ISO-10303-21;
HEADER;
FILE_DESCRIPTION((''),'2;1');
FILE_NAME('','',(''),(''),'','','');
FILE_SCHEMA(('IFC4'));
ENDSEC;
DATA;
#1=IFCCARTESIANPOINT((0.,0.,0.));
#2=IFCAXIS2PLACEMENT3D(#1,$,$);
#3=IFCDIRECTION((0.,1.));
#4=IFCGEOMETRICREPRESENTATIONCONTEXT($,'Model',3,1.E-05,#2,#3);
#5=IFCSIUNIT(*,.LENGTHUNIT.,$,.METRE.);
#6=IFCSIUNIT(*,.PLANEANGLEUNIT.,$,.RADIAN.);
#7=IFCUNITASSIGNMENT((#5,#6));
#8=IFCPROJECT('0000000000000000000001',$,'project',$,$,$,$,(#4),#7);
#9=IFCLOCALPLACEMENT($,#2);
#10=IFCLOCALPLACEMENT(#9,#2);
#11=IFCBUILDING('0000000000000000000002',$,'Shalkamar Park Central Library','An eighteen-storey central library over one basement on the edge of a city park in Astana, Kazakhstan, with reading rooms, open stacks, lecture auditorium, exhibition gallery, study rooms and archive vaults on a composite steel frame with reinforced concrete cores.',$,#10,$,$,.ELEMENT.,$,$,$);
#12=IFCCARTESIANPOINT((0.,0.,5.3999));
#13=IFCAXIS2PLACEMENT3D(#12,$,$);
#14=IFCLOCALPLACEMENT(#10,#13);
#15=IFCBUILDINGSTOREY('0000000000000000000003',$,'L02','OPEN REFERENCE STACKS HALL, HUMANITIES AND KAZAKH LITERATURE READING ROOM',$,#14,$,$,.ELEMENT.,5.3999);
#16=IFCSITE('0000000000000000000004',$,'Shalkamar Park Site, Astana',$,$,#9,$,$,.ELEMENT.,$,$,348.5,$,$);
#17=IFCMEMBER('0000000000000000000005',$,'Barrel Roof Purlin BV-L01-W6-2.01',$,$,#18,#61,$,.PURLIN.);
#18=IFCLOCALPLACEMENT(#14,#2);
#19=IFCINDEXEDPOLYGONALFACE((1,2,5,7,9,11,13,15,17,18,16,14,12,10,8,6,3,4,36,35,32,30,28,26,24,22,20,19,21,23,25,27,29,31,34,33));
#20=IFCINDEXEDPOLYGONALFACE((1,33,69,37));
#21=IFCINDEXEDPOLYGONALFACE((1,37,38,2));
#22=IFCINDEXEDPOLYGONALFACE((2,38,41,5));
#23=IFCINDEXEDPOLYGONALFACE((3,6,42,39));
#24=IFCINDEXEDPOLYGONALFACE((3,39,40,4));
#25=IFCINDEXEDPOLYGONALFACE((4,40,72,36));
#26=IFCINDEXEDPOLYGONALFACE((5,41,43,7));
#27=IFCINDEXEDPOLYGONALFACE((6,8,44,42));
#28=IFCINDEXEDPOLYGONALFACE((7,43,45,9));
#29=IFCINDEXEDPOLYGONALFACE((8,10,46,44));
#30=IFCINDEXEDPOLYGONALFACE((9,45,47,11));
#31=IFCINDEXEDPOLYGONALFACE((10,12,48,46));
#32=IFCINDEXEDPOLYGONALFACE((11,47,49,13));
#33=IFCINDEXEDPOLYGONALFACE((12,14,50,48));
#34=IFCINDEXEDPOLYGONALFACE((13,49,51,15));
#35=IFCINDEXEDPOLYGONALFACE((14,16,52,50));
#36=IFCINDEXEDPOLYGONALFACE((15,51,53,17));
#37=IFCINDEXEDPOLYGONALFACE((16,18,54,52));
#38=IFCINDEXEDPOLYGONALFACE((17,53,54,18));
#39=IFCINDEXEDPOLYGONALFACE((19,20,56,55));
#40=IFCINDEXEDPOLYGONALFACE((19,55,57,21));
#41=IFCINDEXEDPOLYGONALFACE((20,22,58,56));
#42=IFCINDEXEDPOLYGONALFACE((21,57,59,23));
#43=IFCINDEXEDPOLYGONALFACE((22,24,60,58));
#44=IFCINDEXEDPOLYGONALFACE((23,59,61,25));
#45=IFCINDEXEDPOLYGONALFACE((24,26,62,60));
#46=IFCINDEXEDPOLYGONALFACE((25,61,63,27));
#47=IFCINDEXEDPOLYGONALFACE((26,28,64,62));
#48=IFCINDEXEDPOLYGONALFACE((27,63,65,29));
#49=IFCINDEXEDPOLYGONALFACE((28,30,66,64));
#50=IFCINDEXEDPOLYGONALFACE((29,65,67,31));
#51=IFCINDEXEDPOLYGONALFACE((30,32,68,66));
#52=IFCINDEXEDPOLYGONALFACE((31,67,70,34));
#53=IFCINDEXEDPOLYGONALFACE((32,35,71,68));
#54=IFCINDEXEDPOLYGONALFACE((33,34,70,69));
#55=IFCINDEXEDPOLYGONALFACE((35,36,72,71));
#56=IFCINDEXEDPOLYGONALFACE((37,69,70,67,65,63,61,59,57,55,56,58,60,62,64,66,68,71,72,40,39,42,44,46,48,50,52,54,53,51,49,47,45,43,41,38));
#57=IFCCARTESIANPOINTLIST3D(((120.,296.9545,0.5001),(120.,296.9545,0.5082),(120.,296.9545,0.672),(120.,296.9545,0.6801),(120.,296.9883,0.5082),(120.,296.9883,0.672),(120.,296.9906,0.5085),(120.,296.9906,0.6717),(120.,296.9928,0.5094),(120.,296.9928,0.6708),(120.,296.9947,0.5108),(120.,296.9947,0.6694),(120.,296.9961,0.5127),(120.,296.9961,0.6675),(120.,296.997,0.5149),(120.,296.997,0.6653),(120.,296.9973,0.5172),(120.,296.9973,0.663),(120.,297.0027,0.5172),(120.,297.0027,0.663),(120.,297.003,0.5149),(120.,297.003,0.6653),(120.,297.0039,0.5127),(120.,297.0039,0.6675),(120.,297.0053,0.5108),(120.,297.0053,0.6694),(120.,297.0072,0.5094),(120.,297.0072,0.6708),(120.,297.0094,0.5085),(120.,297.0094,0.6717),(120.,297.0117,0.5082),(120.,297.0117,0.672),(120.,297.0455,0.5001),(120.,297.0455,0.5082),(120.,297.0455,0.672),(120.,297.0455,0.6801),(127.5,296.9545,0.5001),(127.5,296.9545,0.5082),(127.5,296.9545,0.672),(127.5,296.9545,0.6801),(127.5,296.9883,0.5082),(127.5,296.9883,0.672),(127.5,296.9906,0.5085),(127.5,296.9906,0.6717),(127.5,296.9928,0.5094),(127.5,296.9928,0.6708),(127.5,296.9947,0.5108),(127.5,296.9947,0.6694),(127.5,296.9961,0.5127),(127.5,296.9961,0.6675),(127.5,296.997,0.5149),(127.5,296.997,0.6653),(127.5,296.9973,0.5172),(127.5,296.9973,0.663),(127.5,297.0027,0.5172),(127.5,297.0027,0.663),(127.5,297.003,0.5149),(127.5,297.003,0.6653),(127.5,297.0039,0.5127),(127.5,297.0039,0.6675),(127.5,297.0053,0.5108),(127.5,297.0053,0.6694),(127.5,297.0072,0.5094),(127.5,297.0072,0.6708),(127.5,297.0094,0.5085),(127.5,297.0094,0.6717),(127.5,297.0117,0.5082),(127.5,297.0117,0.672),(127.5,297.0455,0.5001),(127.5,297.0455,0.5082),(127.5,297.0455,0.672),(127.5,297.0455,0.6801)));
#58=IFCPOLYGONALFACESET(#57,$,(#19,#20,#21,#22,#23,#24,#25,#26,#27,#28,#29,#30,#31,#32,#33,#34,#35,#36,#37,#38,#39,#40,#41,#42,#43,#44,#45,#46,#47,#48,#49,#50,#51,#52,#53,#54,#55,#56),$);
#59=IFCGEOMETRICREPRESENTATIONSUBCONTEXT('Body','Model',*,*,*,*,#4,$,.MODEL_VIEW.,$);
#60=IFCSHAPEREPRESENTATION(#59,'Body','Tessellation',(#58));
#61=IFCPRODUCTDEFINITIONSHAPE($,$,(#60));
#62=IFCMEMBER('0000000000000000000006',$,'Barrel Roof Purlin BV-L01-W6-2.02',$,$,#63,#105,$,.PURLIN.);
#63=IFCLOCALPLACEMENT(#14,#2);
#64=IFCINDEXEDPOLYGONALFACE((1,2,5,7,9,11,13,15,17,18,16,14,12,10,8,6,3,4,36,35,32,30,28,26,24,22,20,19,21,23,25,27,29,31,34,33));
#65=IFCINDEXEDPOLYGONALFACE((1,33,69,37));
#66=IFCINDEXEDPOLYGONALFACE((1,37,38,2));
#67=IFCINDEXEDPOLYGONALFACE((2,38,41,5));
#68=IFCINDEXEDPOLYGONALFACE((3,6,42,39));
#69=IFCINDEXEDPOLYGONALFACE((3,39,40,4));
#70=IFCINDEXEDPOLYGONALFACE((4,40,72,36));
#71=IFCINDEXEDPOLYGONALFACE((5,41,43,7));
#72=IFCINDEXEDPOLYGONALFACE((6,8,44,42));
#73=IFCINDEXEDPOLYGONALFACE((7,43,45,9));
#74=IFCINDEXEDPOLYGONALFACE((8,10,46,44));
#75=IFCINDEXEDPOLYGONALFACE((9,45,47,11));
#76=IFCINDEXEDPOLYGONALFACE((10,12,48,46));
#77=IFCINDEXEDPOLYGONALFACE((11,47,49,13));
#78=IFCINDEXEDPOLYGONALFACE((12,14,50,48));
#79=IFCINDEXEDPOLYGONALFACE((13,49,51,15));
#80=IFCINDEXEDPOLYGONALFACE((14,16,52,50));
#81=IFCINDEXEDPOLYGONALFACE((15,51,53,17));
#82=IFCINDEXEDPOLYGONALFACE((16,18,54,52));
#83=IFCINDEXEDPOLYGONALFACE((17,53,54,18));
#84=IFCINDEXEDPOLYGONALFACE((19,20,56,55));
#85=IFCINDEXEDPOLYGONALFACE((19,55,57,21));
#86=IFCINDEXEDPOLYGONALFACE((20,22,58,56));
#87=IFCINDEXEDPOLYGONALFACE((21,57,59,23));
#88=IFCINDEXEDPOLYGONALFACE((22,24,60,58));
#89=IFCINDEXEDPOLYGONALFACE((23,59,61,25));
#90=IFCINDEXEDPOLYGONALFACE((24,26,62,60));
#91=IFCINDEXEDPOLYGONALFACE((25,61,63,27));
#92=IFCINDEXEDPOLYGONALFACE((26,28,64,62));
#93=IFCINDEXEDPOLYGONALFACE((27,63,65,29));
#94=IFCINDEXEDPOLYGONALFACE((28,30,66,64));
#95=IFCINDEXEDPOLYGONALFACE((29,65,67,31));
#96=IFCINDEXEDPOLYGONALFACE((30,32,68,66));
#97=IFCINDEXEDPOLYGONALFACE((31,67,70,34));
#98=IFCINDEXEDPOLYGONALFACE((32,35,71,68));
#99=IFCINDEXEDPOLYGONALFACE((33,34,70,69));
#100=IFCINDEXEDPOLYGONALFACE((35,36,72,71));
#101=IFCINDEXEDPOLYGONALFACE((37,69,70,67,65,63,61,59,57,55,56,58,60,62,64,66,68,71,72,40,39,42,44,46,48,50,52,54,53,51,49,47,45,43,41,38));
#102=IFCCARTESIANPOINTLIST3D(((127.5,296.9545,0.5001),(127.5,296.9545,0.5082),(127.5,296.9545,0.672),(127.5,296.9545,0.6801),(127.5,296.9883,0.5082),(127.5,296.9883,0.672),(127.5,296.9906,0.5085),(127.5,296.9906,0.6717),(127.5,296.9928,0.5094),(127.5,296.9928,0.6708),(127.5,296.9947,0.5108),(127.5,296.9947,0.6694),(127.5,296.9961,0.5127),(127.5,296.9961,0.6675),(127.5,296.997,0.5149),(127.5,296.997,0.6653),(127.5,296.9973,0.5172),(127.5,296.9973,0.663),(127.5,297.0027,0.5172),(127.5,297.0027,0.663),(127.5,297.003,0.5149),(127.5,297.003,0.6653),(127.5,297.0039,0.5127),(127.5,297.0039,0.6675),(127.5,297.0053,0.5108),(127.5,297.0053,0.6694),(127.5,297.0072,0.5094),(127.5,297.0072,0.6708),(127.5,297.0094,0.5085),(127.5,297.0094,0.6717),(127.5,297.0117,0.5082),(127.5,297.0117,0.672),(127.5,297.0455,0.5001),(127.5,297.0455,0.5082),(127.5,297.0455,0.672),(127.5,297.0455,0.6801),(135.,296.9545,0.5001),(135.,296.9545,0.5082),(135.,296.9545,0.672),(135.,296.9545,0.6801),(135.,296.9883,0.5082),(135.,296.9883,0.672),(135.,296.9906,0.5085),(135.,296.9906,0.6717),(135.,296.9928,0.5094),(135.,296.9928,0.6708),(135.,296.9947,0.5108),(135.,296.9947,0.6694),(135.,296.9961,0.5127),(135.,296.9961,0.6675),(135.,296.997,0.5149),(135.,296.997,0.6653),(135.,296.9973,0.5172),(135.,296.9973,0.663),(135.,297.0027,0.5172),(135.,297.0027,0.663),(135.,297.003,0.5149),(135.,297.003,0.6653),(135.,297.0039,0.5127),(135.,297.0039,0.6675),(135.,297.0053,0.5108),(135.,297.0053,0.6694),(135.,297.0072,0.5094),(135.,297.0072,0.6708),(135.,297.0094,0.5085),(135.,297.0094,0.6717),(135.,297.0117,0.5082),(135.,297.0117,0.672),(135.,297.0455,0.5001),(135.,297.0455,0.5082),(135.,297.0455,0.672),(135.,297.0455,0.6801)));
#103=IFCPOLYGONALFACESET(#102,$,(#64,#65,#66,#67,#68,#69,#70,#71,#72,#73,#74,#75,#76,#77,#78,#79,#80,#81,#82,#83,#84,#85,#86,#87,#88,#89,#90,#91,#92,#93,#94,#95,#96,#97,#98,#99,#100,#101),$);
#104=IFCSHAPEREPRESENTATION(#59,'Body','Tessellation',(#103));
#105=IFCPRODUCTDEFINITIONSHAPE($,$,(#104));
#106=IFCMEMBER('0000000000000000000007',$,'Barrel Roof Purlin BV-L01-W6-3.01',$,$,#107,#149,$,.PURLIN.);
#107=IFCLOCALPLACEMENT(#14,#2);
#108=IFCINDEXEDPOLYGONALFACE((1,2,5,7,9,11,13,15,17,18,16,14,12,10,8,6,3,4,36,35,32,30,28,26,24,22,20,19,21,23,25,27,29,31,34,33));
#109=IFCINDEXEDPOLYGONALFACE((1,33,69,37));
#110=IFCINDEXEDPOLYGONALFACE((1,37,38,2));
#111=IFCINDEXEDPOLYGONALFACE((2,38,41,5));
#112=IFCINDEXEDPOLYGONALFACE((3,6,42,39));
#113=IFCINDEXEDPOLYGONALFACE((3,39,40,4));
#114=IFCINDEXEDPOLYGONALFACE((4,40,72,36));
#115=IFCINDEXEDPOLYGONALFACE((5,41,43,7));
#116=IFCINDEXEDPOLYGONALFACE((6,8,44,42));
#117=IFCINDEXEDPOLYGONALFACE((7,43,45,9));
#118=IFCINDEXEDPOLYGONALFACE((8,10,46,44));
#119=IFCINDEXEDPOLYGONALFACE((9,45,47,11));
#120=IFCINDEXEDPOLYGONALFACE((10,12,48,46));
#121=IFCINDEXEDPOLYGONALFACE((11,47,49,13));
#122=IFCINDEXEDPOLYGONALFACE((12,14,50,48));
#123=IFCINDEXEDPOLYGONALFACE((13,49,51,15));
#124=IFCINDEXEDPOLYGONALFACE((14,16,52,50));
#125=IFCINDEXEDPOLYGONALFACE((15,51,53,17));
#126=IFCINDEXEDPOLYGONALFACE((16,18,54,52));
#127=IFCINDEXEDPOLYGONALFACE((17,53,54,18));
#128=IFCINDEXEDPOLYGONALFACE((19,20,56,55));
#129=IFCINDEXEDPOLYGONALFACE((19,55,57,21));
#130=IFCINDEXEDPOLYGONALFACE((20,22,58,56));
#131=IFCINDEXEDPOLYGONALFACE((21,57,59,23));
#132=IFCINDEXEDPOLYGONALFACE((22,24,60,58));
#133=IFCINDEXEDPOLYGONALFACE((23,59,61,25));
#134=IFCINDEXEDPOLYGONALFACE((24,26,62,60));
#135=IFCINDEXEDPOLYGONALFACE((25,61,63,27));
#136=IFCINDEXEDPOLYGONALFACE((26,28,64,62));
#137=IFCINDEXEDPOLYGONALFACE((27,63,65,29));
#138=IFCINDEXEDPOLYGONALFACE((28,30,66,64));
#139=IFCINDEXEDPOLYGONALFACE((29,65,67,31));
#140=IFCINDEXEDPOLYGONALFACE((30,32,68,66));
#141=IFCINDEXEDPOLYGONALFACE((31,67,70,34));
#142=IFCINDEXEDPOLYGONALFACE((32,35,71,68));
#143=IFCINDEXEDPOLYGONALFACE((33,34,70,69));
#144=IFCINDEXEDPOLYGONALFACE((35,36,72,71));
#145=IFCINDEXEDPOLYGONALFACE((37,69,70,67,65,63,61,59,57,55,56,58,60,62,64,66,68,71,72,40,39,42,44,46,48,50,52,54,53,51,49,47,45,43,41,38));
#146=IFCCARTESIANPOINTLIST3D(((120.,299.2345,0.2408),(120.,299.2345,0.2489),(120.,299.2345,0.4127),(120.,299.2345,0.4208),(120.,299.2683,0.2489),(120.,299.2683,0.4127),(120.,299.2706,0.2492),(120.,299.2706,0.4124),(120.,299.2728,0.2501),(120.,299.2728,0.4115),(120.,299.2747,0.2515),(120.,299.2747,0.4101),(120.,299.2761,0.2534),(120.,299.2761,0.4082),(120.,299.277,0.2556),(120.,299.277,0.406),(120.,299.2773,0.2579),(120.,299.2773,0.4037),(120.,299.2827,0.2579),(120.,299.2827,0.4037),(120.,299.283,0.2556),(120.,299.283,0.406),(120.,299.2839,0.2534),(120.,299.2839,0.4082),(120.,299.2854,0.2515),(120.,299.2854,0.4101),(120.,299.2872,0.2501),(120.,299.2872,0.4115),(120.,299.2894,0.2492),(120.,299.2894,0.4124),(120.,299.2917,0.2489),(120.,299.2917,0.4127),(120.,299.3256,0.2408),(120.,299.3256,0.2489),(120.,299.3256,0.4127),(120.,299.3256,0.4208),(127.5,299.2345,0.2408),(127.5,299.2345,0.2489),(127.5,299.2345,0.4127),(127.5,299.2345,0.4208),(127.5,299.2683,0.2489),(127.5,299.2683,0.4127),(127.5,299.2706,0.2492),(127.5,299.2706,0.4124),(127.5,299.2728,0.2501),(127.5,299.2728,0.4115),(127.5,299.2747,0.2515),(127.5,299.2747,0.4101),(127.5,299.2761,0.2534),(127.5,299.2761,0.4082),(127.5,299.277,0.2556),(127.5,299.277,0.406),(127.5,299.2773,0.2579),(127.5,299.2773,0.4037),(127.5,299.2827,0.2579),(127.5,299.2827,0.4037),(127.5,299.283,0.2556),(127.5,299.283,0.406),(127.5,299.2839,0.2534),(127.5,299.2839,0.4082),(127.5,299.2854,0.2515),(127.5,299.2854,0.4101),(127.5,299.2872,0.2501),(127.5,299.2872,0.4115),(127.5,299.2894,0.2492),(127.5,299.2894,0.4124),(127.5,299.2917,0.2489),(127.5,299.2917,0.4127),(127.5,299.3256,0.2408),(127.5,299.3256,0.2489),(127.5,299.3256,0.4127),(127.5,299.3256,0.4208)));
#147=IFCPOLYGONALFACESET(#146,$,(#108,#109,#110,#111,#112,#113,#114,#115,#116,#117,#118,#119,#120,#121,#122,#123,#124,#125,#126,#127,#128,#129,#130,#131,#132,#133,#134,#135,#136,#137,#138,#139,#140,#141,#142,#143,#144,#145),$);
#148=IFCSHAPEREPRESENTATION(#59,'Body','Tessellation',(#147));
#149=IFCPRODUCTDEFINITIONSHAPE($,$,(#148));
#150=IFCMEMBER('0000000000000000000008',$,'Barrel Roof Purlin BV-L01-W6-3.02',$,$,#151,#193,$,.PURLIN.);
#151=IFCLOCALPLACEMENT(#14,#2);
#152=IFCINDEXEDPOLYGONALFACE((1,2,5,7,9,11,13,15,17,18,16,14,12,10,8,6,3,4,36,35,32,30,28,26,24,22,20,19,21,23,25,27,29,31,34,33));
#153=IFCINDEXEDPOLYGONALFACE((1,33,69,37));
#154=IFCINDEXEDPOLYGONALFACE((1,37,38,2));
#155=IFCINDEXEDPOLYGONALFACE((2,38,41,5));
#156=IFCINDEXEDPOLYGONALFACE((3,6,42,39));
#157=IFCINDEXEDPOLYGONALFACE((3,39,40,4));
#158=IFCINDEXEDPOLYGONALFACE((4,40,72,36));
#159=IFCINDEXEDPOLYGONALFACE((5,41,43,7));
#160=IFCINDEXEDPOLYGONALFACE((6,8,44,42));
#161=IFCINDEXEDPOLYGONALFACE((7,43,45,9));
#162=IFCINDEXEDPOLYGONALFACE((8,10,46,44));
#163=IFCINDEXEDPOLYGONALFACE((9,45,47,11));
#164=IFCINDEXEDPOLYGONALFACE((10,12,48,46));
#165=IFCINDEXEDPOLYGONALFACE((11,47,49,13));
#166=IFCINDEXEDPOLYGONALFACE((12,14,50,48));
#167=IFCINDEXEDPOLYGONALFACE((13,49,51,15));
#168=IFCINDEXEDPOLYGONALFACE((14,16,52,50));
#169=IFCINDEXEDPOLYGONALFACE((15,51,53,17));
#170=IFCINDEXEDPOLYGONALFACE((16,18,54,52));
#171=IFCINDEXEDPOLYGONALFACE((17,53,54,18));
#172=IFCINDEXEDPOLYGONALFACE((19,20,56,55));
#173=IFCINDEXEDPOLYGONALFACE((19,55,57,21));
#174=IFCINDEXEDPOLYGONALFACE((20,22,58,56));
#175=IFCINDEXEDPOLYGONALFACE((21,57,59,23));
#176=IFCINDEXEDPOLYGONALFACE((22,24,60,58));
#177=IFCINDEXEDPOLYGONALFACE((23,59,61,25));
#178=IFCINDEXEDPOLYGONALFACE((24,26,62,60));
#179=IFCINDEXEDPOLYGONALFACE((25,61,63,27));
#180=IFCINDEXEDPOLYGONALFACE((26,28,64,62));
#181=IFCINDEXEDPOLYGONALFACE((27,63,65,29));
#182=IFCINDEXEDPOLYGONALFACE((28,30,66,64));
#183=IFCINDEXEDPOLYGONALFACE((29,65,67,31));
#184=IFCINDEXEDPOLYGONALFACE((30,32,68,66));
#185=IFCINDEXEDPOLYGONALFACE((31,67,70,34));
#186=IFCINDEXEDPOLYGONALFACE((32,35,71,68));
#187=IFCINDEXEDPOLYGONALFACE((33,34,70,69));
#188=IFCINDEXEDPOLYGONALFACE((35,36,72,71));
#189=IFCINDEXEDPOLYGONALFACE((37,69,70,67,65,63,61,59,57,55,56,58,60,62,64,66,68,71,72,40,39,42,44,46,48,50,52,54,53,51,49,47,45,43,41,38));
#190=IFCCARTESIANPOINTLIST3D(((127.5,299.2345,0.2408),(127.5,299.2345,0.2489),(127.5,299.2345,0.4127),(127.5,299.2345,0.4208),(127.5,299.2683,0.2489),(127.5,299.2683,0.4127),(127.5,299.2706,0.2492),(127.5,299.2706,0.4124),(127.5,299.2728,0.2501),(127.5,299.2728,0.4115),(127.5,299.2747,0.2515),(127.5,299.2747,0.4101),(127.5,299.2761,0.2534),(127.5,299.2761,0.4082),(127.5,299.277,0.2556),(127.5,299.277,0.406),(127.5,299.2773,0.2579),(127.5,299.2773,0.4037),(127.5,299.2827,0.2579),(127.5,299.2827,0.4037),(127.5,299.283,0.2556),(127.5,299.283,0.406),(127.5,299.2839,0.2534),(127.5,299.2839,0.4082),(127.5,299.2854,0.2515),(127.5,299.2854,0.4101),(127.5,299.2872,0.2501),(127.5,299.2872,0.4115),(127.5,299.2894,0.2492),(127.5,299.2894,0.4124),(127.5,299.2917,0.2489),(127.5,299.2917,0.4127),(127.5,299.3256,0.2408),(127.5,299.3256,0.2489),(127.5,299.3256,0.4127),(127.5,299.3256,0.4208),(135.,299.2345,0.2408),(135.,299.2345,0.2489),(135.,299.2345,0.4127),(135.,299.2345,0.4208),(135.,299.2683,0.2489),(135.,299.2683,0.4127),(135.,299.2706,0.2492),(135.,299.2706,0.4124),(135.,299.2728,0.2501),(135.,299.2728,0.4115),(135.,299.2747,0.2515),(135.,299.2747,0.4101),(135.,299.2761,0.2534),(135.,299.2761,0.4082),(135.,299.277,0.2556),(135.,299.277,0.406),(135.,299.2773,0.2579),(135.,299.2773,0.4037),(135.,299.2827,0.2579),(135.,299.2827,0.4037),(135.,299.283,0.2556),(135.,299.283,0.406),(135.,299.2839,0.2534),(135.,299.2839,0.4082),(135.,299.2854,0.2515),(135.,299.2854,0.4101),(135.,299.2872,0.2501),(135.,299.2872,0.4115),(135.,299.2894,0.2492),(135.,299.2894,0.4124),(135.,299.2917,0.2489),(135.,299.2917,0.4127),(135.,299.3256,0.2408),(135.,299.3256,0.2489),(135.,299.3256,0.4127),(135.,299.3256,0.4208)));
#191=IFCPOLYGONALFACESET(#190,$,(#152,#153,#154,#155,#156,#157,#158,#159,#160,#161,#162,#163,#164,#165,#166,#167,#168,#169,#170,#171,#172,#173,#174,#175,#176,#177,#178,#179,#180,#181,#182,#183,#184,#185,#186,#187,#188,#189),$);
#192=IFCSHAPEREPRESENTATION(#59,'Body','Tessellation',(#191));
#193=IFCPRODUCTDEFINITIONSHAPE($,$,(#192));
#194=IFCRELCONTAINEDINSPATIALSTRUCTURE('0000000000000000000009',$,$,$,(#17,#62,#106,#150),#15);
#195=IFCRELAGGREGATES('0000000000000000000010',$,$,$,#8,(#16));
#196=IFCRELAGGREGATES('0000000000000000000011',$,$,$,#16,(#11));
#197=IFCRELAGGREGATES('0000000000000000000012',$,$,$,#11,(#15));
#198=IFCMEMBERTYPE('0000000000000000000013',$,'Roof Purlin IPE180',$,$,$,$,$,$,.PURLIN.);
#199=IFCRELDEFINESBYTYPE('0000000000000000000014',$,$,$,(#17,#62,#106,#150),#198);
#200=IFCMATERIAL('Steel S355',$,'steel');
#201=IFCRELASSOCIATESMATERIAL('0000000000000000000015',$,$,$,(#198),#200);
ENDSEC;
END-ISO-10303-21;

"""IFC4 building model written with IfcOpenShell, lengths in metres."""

from ifc_helpers import new_model, si_unit, direction, frame, origin, origin_2d, place, context, subcontext, project, spatial, i_section, extrude, material, material_profile, profile_set, type_object, element, save


model = new_model("IFC4")

# Units and contexts
model_context = context("Model", 3, precision=1e-05, world=origin(), true_north=direction((0.0, 1.0)))
body_context = subcontext(model_context, "Body", "Model", "MODEL_VIEW")
ifc_project = project(units=[si_unit("LENGTHUNIT", "METRE"), si_unit("PLANEANGLEUNIT", "RADIAN")], contexts=[model_context])

# Site, building, storey
site_placement = place(None, origin())
site = spatial("IfcSite", under=ifc_project, at=site_placement, Name="Shalkamar Park Site, Astana", CompositionType="ELEMENT", RefElevation=348.5)
building_placement = place(site_placement, origin())
building = spatial("IfcBuilding", under=site, at=building_placement, Name="Shalkamar Park Central Library", Description="An eighteen-storey central library over one basement on the edge of a city park in Astana, Kazakhstan, with reading rooms, open stacks, lecture auditorium, exhibition gallery, study rooms and archive vaults on a composite steel frame with reinforced concrete cores.", CompositionType="ELEMENT")
storey_placement = place(building_placement, frame((0.0, 0.0, 5.3999)))
storey = spatial("IfcBuildingStorey", under=building, at=storey_placement, Name="L02", Description="OPEN REFERENCE STACKS HALL, HUMANITIES AND KAZAKH LITERATURE READING ROOM", CompositionType="ELEMENT", Elevation=5.3999)

# Members
ifc_material_1 = material(Name="Steel S355", Category="steel")
ifc_material_profile_1 = material_profile(ifc_material_1, i_section(OverallWidth=0.0911, OverallDepth=0.1799, WebThickness=0.0054, FlangeThickness=0.0081, FilletRadius=0.009, at=origin_2d()), Name="IPE 180")
ifc_profile_set_1 = profile_set([ifc_material_profile_1], Name="Steel S355")
member_type_1 = type_object("IfcMemberType", Name="Roof Purlin IPE180", PredefinedType="PURLIN", material=ifc_profile_set_1)
for number, where, z_axis, x_axis, name in (
    (1, (120.0, 297.0, 0.5901), (1.0, 0.0, 0.0), (0.0, 1.0, 0.0), "Barrel Roof Purlin BV-L01-W6-2.01"),
    (2, (127.5, 297.0, 0.5901), (1.0, 0.0, 0.0), (0.0, 1.0, 0.0), "Barrel Roof Purlin BV-L01-W6-2.02"),
    (3, (120.0, 299.28, 0.3308), (1.0, 0.0, 0.0), (0.0, 1.0, 0.0), "Barrel Roof Purlin BV-L01-W6-3.01"),
    (4, (127.5, 299.28, 0.3308), (1.0, 0.0, 0.0), (0.0, 1.0, 0.0), "Barrel Roof Purlin BV-L01-W6-3.02"),
):
    element("IfcMember", number, at=place(storey_placement, frame(where, z_axis=z_axis, x_axis=x_axis)), inside=storey, type_object=member_type_1, Name=name, PredefinedType="PURLIN", context=body_context, shape_type="SweptSolid", body=[
        extrude(i_section(OverallWidth=0.0911, OverallDepth=0.1799, WebThickness=0.0054, FlangeThickness=0.0081, FilletRadius=0.009, at=origin_2d()), origin(), (0.0, 0.0, 1.0), 7.5),
    ])

save(model, "model.ifc")
